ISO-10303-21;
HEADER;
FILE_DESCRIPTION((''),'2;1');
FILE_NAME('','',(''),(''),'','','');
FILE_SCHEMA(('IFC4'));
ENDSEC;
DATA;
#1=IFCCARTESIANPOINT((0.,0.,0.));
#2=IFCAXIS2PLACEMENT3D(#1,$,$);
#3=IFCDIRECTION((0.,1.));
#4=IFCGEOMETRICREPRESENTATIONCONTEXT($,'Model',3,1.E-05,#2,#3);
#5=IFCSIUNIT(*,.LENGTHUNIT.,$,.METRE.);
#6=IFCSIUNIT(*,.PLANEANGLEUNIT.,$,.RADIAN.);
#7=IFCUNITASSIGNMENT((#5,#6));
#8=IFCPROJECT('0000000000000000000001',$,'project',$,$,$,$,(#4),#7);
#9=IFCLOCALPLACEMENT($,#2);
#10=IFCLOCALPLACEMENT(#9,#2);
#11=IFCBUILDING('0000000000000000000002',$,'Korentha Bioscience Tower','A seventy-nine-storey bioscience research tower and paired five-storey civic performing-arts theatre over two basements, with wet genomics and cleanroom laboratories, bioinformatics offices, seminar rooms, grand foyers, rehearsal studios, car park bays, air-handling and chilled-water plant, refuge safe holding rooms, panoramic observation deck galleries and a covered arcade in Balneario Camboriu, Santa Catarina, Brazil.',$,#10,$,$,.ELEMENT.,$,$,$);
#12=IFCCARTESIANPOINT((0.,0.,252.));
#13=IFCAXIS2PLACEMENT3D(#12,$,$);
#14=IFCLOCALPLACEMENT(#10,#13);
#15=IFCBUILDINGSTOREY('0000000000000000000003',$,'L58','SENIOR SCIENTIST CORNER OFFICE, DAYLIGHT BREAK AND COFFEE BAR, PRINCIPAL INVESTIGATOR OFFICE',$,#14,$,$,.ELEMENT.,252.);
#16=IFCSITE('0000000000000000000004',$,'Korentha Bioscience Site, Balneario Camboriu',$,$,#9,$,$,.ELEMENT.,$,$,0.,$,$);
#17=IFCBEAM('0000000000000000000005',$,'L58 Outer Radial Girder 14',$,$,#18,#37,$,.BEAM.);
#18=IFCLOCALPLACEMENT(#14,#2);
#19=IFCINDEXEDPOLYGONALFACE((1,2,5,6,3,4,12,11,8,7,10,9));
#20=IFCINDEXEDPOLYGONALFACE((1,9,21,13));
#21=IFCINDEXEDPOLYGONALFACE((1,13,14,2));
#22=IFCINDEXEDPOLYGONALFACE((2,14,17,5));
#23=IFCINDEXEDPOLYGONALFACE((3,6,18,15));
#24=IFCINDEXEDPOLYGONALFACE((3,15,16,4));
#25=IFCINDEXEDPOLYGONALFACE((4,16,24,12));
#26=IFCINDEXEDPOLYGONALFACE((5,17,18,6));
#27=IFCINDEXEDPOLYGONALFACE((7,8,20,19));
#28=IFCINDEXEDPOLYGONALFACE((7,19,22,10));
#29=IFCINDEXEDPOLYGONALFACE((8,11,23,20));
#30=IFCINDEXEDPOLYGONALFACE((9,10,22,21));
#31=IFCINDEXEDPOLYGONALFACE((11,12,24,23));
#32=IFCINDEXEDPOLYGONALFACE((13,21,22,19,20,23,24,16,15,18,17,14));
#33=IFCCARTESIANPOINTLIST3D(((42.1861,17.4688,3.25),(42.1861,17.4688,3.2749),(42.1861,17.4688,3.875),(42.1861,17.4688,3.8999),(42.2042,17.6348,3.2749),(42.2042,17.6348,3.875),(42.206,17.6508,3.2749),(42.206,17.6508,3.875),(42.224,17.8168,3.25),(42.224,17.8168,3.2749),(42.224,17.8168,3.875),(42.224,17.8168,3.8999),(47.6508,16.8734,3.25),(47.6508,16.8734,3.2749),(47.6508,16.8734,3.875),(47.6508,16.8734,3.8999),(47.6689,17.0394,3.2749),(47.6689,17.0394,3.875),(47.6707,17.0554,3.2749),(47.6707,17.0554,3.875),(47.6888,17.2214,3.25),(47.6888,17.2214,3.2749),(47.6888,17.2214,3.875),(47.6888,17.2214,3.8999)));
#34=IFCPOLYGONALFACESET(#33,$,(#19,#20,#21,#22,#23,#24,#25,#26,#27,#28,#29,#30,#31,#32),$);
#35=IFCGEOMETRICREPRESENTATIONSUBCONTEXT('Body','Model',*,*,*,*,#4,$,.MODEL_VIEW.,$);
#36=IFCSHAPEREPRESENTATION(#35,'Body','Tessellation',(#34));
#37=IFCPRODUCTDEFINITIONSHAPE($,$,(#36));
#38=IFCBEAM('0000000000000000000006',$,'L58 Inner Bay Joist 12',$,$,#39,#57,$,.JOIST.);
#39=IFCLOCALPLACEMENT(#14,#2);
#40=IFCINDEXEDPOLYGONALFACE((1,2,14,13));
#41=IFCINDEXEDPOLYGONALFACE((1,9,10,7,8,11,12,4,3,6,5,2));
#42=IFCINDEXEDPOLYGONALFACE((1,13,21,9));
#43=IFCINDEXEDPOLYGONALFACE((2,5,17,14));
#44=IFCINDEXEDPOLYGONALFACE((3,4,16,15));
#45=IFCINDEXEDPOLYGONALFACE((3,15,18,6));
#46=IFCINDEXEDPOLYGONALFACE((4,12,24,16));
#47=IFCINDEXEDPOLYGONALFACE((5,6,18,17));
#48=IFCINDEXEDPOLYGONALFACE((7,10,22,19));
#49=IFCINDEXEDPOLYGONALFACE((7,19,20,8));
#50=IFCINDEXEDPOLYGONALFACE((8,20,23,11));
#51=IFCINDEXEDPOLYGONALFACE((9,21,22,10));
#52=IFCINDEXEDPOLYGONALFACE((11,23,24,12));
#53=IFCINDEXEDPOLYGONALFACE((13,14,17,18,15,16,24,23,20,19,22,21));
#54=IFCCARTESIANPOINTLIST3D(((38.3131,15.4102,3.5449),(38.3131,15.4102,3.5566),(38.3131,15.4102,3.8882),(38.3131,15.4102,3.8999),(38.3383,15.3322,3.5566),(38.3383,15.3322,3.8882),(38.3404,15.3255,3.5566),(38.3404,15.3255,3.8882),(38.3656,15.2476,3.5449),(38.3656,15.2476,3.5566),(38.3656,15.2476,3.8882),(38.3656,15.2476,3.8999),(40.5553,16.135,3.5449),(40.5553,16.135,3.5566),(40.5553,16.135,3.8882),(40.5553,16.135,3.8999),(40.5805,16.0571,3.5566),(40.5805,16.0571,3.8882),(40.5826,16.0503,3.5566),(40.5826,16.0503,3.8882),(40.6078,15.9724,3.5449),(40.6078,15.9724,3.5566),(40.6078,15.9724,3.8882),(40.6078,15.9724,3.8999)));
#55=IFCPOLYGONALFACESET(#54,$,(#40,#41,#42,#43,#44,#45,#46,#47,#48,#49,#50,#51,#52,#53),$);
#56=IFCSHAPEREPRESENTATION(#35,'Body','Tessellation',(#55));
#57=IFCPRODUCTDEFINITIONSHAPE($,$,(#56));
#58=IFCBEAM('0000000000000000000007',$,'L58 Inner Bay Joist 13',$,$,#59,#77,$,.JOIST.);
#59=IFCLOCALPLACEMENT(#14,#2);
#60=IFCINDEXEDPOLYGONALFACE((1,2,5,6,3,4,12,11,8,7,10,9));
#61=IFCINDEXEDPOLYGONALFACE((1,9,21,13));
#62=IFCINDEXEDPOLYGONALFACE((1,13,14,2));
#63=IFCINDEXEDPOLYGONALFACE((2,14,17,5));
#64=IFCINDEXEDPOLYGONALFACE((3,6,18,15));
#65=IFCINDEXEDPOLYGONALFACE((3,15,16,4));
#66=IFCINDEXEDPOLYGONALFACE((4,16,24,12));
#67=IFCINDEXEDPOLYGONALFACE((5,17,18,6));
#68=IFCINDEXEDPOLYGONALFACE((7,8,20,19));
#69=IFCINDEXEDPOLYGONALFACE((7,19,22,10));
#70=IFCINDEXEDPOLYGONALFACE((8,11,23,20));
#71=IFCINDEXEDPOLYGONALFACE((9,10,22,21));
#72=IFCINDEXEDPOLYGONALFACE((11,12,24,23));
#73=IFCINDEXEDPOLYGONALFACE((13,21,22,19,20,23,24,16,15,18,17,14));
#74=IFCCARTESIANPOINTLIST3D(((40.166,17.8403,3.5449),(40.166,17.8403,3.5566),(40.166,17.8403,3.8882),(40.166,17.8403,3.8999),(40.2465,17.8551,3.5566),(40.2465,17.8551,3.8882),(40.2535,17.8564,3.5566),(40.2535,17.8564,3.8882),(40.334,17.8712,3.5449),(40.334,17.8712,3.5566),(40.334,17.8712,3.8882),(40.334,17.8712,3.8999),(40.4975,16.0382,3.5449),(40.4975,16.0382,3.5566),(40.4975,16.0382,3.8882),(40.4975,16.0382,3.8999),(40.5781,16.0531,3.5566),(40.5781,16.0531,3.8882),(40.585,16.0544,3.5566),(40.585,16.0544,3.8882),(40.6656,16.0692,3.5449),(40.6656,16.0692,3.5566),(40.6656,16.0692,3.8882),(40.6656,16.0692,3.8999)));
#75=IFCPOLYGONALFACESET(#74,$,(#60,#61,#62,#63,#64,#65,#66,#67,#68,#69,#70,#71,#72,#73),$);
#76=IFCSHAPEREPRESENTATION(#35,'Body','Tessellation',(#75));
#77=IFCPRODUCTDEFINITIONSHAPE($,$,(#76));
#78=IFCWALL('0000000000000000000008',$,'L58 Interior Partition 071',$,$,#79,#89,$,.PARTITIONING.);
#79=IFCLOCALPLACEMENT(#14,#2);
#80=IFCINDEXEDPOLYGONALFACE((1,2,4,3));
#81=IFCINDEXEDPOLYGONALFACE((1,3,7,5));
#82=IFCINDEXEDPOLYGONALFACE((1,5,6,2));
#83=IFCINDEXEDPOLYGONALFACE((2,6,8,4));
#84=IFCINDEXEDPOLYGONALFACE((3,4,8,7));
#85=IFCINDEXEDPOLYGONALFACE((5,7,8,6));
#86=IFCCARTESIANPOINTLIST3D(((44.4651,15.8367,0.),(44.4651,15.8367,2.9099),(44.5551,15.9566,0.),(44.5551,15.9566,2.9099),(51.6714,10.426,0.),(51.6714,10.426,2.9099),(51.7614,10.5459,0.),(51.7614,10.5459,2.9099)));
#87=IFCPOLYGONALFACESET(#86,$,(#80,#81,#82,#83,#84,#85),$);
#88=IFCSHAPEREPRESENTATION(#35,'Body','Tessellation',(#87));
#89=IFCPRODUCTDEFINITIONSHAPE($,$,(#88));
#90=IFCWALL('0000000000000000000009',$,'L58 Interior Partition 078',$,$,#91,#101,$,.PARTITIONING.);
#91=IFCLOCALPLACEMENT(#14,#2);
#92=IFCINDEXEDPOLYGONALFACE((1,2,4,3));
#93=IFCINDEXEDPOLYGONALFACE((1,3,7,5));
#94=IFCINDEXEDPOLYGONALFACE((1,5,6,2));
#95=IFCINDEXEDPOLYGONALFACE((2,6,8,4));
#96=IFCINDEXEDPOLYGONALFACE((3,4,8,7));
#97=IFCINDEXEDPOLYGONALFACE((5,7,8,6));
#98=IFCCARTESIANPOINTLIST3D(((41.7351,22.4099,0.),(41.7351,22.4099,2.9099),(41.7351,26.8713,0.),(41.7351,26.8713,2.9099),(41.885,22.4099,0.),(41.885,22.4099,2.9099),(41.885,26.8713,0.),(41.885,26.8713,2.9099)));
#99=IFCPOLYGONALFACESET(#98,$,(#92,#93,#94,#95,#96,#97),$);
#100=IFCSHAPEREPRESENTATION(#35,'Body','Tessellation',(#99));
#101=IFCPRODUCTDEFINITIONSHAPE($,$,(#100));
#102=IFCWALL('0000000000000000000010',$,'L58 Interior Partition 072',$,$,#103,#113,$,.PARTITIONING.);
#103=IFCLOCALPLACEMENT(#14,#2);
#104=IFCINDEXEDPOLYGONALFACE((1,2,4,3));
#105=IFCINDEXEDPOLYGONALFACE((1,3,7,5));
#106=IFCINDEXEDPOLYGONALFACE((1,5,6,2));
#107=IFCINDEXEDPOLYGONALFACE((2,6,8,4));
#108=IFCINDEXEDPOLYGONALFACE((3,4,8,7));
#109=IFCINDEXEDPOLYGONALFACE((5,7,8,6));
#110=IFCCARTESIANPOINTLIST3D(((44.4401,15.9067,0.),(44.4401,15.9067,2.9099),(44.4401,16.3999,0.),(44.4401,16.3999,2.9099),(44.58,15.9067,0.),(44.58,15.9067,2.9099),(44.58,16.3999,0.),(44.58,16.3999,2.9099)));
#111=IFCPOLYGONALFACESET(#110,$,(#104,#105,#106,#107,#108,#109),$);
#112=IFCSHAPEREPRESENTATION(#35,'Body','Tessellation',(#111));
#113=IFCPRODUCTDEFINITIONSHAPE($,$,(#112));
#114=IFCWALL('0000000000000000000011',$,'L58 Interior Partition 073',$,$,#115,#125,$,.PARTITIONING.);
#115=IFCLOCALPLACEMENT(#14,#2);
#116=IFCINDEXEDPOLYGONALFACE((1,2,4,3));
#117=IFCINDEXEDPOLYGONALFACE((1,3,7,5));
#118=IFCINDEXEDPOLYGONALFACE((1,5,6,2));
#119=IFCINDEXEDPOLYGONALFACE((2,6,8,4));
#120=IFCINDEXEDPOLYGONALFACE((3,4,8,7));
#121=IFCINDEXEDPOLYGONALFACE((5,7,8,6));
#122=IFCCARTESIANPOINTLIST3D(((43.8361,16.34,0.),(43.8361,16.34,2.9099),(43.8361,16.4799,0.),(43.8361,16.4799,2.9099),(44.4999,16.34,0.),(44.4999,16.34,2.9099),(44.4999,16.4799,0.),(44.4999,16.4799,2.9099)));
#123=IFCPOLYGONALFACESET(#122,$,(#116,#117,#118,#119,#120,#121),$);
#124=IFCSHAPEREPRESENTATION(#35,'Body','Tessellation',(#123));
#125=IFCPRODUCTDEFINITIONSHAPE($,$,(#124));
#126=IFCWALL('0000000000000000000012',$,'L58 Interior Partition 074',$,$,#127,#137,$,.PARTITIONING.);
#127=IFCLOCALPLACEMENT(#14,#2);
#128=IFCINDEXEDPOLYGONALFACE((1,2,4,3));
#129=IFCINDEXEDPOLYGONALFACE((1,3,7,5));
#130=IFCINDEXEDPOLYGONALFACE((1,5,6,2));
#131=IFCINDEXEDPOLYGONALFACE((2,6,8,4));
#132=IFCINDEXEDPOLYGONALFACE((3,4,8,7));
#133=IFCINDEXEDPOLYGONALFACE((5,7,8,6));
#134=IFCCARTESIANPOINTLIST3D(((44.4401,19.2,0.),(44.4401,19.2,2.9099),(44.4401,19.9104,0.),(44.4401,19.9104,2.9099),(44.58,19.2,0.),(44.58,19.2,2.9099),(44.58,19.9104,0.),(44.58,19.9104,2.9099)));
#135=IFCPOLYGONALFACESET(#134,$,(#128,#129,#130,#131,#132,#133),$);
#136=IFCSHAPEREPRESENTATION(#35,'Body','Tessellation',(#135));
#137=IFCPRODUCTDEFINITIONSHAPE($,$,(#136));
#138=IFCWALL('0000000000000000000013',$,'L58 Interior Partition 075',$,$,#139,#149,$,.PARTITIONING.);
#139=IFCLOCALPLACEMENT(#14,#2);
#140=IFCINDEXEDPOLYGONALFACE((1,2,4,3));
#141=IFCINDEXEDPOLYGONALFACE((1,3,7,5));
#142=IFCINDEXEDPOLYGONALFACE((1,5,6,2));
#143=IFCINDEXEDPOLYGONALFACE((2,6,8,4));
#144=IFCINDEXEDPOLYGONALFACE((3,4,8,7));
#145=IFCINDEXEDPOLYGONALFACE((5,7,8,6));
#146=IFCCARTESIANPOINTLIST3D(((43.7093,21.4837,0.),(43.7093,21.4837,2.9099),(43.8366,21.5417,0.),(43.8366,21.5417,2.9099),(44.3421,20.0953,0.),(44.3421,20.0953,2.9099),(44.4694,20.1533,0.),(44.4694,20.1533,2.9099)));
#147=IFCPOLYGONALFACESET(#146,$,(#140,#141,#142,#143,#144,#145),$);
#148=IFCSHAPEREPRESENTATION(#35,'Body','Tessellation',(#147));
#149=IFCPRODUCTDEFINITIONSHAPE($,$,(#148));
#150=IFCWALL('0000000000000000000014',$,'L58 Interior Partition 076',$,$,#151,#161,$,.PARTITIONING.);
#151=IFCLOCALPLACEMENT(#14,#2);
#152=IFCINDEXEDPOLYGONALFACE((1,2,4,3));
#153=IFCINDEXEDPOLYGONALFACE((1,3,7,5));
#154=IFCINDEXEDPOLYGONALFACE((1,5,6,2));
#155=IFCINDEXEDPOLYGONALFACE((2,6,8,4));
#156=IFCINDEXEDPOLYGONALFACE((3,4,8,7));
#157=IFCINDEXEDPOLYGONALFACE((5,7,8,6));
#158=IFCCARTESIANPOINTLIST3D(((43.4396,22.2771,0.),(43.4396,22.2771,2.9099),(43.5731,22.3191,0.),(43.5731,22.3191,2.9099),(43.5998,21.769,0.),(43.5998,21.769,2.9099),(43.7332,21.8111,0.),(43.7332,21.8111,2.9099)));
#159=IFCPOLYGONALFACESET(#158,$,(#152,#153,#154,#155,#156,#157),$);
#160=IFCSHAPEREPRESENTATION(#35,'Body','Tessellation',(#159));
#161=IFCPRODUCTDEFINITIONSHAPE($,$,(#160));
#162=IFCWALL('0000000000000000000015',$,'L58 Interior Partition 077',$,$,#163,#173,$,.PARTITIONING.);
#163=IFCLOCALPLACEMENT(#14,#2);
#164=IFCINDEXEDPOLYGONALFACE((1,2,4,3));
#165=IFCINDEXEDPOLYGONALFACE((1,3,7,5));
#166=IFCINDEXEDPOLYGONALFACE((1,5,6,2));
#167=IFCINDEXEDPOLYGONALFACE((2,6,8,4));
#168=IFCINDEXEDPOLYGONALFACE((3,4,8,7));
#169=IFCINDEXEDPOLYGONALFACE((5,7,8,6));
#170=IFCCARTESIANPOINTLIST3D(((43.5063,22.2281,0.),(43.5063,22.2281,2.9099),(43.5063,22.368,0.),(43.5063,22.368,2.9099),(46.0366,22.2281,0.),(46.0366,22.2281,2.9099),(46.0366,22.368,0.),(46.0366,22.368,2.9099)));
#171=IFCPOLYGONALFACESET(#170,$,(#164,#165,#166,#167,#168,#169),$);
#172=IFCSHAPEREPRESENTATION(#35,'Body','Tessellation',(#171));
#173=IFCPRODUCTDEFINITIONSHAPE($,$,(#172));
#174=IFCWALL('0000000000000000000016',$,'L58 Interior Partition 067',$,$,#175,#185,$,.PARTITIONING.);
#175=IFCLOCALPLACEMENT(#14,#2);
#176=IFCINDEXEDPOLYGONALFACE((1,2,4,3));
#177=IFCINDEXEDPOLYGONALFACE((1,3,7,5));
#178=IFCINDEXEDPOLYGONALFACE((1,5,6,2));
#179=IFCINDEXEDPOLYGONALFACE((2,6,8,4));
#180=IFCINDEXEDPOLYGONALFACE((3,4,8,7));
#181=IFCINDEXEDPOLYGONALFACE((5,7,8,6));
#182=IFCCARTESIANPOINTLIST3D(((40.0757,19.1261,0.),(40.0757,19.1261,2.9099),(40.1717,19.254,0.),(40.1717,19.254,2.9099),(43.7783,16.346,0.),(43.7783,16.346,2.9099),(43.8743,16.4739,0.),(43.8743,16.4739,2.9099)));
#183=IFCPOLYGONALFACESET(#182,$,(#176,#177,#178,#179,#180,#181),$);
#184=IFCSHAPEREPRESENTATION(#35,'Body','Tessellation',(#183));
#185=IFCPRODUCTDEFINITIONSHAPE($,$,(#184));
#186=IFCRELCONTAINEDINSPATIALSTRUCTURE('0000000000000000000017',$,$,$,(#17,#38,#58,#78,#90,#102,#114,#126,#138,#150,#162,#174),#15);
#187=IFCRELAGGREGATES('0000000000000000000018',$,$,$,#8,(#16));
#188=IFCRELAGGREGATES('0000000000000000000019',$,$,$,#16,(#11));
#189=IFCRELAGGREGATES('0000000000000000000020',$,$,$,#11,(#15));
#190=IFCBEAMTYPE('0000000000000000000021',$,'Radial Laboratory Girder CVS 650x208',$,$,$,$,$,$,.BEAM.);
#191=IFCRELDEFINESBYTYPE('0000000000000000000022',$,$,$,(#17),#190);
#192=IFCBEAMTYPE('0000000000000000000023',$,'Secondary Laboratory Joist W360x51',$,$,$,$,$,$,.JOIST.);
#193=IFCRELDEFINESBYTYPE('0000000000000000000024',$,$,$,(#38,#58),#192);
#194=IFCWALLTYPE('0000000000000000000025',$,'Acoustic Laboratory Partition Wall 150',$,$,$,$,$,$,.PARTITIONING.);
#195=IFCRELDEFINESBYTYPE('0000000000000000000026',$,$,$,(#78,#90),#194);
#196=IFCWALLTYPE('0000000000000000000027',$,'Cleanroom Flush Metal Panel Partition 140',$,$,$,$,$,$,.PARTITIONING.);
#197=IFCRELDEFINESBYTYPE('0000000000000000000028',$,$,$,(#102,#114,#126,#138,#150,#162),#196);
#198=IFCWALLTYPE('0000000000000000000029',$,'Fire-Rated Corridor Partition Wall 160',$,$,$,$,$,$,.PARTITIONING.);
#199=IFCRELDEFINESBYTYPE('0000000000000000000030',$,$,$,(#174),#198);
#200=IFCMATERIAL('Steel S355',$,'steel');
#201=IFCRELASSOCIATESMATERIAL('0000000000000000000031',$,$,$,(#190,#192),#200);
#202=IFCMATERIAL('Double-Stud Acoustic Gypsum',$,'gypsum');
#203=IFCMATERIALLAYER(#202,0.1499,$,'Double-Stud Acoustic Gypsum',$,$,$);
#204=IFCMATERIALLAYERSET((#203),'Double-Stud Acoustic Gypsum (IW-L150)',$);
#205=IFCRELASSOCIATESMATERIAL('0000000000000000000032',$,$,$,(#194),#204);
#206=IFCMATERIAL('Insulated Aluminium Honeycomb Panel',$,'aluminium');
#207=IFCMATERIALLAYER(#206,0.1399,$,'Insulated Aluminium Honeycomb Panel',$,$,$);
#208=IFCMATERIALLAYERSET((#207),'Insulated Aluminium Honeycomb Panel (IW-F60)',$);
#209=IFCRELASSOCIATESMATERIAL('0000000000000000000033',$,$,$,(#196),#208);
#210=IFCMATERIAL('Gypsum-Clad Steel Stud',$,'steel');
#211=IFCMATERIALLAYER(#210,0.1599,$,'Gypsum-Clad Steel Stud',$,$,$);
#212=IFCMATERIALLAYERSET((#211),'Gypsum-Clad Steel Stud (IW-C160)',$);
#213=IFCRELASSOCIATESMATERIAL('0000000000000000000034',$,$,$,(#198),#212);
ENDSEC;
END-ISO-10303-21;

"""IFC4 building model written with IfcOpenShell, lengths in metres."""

from ifc_helpers import new_model, si_unit, direction, frame, frame_2d, origin, origin_2d, place, context, subcontext, project, spatial, rectangle, i_section, extrude, material, layer, layer_set, material_profile, profile_set, type_object, element, save


model = new_model("IFC4")

# Units and contexts
model_context = context("Model", 3, precision=1e-05, world=origin(), true_north=direction((0.0, 1.0)))
body_context = subcontext(model_context, "Body", "Model", "MODEL_VIEW")
ifc_project = project(units=[si_unit("LENGTHUNIT", "METRE"), si_unit("PLANEANGLEUNIT", "RADIAN")], contexts=[model_context])

# Site, building, storey
site_placement = place(None, origin())
site = spatial("IfcSite", under=ifc_project, at=site_placement, Name="Korentha Bioscience Site, Balneario Camboriu", CompositionType="ELEMENT", RefElevation=0.0)
building_placement = place(site_placement, origin())
building = spatial("IfcBuilding", under=site, at=building_placement, Name="Korentha Bioscience Tower", Description="A seventy-nine-storey bioscience research tower and paired five-storey civic performing-arts theatre over two basements, with wet genomics and cleanroom laboratories, bioinformatics offices, seminar rooms, grand foyers, rehearsal studios, car park bays, air-handling and chilled-water plant, refuge safe holding rooms, panoramic observation deck galleries and a covered arcade in Balneario Camboriu, Santa Catarina, Brazil.", CompositionType="ELEMENT")
storey_placement = place(building_placement, frame((0.0, 0.0, 252.0)))
storey = spatial("IfcBuildingStorey", under=building, at=storey_placement, Name="L58", Description="SENIOR SCIENTIST CORNER OFFICE, DAYLIGHT BREAK AND COFFEE BAR, PRINCIPAL INVESTIGATOR OFFICE", CompositionType="ELEMENT", Elevation=252.0)

# Beams
ifc_material_1 = material(Name="Steel S355", Category="steel")
ifc_material_profile_1 = material_profile(ifc_material_1, i_section(OverallWidth=0.3501, OverallDepth=0.6499, WebThickness=0.0161, FlangeThickness=0.0249, at=origin_2d()), Name="Steel S355")
ifc_profile_set_1 = profile_set([ifc_material_profile_1], Name="Steel S355 (RB-650)")
beam_type_1 = type_object("IfcBeamType", Name="Radial Laboratory Girder CVS 650x208", PredefinedType="BEAM", material=ifc_profile_set_1)
beam_1_placement = place(storey_placement, frame((42.2051, 17.6428, 3.575), z_axis=(0.994116, -0.108321, 0.0), x_axis=(0.108321, 0.994116, 0.0)))
element("IfcBeam", 1, at=beam_1_placement, inside=storey, type_object=beam_type_1, Name="L58 Outer Radial Girder 14", PredefinedType="BEAM", context=body_context, shape_type="SweptSolid", body=[
    extrude(i_section(OverallWidth=0.3501, OverallDepth=0.6499, WebThickness=0.0161, FlangeThickness=0.0249, at=origin_2d()), origin(), (0.0, 0.0, 1.0), 5.4971),
])
ifc_material_profile_2 = material_profile(ifc_material_1, i_section(OverallWidth=0.1709, OverallDepth=0.355, WebThickness=0.0071, FlangeThickness=0.0117, at=origin_2d()), Name="Steel S355")
ifc_profile_set_2 = profile_set([ifc_material_profile_2], Name="Steel S355 (JB-360)")
beam_type_2 = type_object("IfcBeamType", Name="Secondary Laboratory Joist W360x51", PredefinedType="JOIST", material=ifc_profile_set_2)
beam_2_placement = place(storey_placement, frame((38.3394, 15.3289, 3.7224), z_axis=(0.951514, 0.307605, 0.0), x_axis=(-0.307605, 0.951514, 0.0)))
element("IfcBeam", 2, at=beam_2_placement, inside=storey, type_object=beam_type_2, Name="L58 Inner Bay Joist 12", PredefinedType="JOIST", context=body_context, shape_type="SweptSolid", body=[
    extrude(i_section(OverallWidth=0.1709, OverallDepth=0.355, WebThickness=0.0071, FlangeThickness=0.0117, at=origin_2d()), origin(), (0.0, 0.0, 1.0), 2.3564),
])
beam_3_placement = place(storey_placement, frame((40.5815, 16.0537, 3.7224), z_axis=(-0.180949, 0.983493, 0.0), x_axis=(-0.983493, -0.180949, 0.0)))
element("IfcBeam", 3, at=beam_3_placement, inside=storey, type_object=beam_type_2, Name="L58 Inner Bay Joist 13", PredefinedType="JOIST", context=body_context, shape_type="SweptSolid", body=[
    extrude(i_section(OverallWidth=0.1709, OverallDepth=0.355, WebThickness=0.0071, FlangeThickness=0.0117, at=origin_2d()), origin(), (0.0, 0.0, 1.0), 1.8323),
])

# Shared definitions
ifc_material_2 = material(Name="Double-Stud Acoustic Gypsum", Category="gypsum")
ifc_layer_1 = layer(ifc_material_2, 0.1499, Name="Double-Stud Acoustic Gypsum")
ifc_layer_set_1 = layer_set([ifc_layer_1], Name="Double-Stud Acoustic Gypsum (IW-L150)")
wall_type_1 = type_object("IfcWallType", Name="Acoustic Laboratory Partition Wall 150", PredefinedType="PARTITIONING", material=ifc_layer_set_1)

# Walls
wall_1_placement = place(storey_placement, frame((44.51, 15.8967, 0.0), z_axis=(0.0, 0.0, 1.0), x_axis=(0.799685, -0.60042, 0.0)))
element("IfcWall", 4, at=wall_1_placement, inside=storey, type_object=wall_type_1, Name="L58 Interior Partition 071", PredefinedType="PARTITIONING", context=body_context, shape_type="SweptSolid", body=[
    extrude(rectangle(XDim=9.0115, YDim=0.1499, at=frame_2d((4.5059, 0.0))), origin(), (0.0, 0.0, 1.0), 2.9099),
])
wall_2_placement = place(storey_placement, frame((41.8101, 22.4099, 0.0), z_axis=(0.0, 0.0, 1.0), x_axis=(0.0, 1.0, 0.0)))
element("IfcWall", 5, at=wall_2_placement, inside=storey, type_object=wall_type_1, Name="L58 Interior Partition 078", PredefinedType="PARTITIONING", context=body_context, shape_type="SweptSolid", body=[
    extrude(rectangle(XDim=4.4614, YDim=0.1499, at=frame_2d((2.2307, 0.0))), origin(), (0.0, 0.0, 1.0), 2.9099),
])

# Shared definitions
ifc_material_3 = material(Name="Insulated Aluminium Honeycomb Panel", Category="aluminium")
ifc_layer_2 = layer(ifc_material_3, 0.1399, Name="Insulated Aluminium Honeycomb Panel")
ifc_layer_set_2 = layer_set([ifc_layer_2], Name="Insulated Aluminium Honeycomb Panel (IW-F60)")
wall_type_2 = type_object("IfcWallType", Name="Cleanroom Flush Metal Panel Partition 140", PredefinedType="PARTITIONING", material=ifc_layer_set_2)

# Walls
wall_3_placement = place(storey_placement, frame((44.51, 15.9067, 0.0), z_axis=(0.0, 0.0, 1.0), x_axis=(0.0, 1.0, 0.0)))
element("IfcWall", 6, at=wall_3_placement, inside=storey, type_object=wall_type_2, Name="L58 Interior Partition 072", PredefinedType="PARTITIONING", context=body_context, shape_type="SweptSolid", body=[
    extrude(rectangle(XDim=0.4932, YDim=0.1399, at=frame_2d((0.2466, 0.0))), origin(), (0.0, 0.0, 1.0), 2.9099),
])
wall_4_placement = place(storey_placement, frame((44.5, 16.4099, 0.0), z_axis=(0.0, 0.0, 1.0), x_axis=(-1.0, 0.0, 0.0)))
element("IfcWall", 7, at=wall_4_placement, inside=storey, type_object=wall_type_2, Name="L58 Interior Partition 073", PredefinedType="PARTITIONING", context=body_context, shape_type="SweptSolid", body=[
    extrude(rectangle(XDim=0.6638, YDim=0.1399, at=frame_2d((0.332, 0.0))), origin(), (0.0, 0.0, 1.0), 2.9099),
])
wall_5_placement = place(storey_placement, frame((44.51, 19.2, 0.0), z_axis=(0.0, 0.0, 1.0), x_axis=(0.0, 1.0, 0.0)))
element("IfcWall", 8, at=wall_5_placement, inside=storey, type_object=wall_type_2, Name="L58 Interior Partition 074", PredefinedType="PARTITIONING", context=body_context, shape_type="SweptSolid", body=[
    extrude(rectangle(XDim=0.7104, YDim=0.1399, at=frame_2d((0.3552, 0.0))), origin(), (0.0, 0.0, 1.0), 2.9099),
])
wall_6_placement = place(storey_placement, frame((44.4058, 20.1243, 0.0), z_axis=(0.0, 0.0, 1.0), x_axis=(-0.414731, 0.909944, 0.0)))
element("IfcWall", 9, at=wall_6_placement, inside=storey, type_object=wall_type_2, Name="L58 Interior Partition 075", PredefinedType="PARTITIONING", context=body_context, shape_type="SweptSolid", body=[
    extrude(rectangle(XDim=1.5259, YDim=0.1399, at=frame_2d((0.7629, 0.0))), origin(), (0.0, 0.0, 1.0), 2.9099),
])
wall_7_placement = place(storey_placement, frame((43.6665, 21.79, 0.0), z_axis=(0.0, 0.0, 1.0), x_axis=(-0.300649, 0.953735, 0.0)))
element("IfcWall", 10, at=wall_7_placement, inside=storey, type_object=wall_type_2, Name="L58 Interior Partition 076", PredefinedType="PARTITIONING", context=body_context, shape_type="SweptSolid", body=[
    extrude(rectangle(XDim=0.5327, YDim=0.1399, at=frame_2d((0.2664, 0.0))), origin(), (0.0, 0.0, 1.0), 2.9099),
])
wall_8_placement = place(storey_placement, frame((43.5063, 22.2981, 0.0), z_axis=(0.0, 0.0, 1.0), x_axis=(1.0, 0.0, 0.0)))
element("IfcWall", 11, at=wall_8_placement, inside=storey, type_object=wall_type_2, Name="L58 Interior Partition 077", PredefinedType="PARTITIONING", context=body_context, shape_type="SweptSolid", body=[
    extrude(rectangle(XDim=2.5303, YDim=0.1399, at=frame_2d((1.2651, 0.0))), origin(), (0.0, 0.0, 1.0), 2.9099),
])
ifc_material_4 = material(Name="Gypsum-Clad Steel Stud", Category="steel")
ifc_layer_3 = layer(ifc_material_4, 0.1599, Name="Gypsum-Clad Steel Stud")
ifc_layer_set_3 = layer_set([ifc_layer_3], Name="Gypsum-Clad Steel Stud (IW-C160)")
wall_type_3 = type_object("IfcWallType", Name="Fire-Rated Corridor Partition Wall 160", PredefinedType="PARTITIONING", material=ifc_layer_set_3)
wall_9_placement = place(storey_placement, frame((40.1238, 19.1899, 0.0), z_axis=(0.0, 0.0, 1.0), x_axis=(0.799684, -0.600422, 0.0)))
element("IfcWall", 12, at=wall_9_placement, inside=storey, type_object=wall_type_3, Name="L58 Interior Partition 067", PredefinedType="PARTITIONING", context=body_context, shape_type="SweptSolid", body=[
    extrude(rectangle(XDim=4.6301, YDim=0.1599, at=frame_2d((2.3149, 0.0))), origin(), (0.0, 0.0, 1.0), 2.9099),
])

save(model, "model.ifc")
